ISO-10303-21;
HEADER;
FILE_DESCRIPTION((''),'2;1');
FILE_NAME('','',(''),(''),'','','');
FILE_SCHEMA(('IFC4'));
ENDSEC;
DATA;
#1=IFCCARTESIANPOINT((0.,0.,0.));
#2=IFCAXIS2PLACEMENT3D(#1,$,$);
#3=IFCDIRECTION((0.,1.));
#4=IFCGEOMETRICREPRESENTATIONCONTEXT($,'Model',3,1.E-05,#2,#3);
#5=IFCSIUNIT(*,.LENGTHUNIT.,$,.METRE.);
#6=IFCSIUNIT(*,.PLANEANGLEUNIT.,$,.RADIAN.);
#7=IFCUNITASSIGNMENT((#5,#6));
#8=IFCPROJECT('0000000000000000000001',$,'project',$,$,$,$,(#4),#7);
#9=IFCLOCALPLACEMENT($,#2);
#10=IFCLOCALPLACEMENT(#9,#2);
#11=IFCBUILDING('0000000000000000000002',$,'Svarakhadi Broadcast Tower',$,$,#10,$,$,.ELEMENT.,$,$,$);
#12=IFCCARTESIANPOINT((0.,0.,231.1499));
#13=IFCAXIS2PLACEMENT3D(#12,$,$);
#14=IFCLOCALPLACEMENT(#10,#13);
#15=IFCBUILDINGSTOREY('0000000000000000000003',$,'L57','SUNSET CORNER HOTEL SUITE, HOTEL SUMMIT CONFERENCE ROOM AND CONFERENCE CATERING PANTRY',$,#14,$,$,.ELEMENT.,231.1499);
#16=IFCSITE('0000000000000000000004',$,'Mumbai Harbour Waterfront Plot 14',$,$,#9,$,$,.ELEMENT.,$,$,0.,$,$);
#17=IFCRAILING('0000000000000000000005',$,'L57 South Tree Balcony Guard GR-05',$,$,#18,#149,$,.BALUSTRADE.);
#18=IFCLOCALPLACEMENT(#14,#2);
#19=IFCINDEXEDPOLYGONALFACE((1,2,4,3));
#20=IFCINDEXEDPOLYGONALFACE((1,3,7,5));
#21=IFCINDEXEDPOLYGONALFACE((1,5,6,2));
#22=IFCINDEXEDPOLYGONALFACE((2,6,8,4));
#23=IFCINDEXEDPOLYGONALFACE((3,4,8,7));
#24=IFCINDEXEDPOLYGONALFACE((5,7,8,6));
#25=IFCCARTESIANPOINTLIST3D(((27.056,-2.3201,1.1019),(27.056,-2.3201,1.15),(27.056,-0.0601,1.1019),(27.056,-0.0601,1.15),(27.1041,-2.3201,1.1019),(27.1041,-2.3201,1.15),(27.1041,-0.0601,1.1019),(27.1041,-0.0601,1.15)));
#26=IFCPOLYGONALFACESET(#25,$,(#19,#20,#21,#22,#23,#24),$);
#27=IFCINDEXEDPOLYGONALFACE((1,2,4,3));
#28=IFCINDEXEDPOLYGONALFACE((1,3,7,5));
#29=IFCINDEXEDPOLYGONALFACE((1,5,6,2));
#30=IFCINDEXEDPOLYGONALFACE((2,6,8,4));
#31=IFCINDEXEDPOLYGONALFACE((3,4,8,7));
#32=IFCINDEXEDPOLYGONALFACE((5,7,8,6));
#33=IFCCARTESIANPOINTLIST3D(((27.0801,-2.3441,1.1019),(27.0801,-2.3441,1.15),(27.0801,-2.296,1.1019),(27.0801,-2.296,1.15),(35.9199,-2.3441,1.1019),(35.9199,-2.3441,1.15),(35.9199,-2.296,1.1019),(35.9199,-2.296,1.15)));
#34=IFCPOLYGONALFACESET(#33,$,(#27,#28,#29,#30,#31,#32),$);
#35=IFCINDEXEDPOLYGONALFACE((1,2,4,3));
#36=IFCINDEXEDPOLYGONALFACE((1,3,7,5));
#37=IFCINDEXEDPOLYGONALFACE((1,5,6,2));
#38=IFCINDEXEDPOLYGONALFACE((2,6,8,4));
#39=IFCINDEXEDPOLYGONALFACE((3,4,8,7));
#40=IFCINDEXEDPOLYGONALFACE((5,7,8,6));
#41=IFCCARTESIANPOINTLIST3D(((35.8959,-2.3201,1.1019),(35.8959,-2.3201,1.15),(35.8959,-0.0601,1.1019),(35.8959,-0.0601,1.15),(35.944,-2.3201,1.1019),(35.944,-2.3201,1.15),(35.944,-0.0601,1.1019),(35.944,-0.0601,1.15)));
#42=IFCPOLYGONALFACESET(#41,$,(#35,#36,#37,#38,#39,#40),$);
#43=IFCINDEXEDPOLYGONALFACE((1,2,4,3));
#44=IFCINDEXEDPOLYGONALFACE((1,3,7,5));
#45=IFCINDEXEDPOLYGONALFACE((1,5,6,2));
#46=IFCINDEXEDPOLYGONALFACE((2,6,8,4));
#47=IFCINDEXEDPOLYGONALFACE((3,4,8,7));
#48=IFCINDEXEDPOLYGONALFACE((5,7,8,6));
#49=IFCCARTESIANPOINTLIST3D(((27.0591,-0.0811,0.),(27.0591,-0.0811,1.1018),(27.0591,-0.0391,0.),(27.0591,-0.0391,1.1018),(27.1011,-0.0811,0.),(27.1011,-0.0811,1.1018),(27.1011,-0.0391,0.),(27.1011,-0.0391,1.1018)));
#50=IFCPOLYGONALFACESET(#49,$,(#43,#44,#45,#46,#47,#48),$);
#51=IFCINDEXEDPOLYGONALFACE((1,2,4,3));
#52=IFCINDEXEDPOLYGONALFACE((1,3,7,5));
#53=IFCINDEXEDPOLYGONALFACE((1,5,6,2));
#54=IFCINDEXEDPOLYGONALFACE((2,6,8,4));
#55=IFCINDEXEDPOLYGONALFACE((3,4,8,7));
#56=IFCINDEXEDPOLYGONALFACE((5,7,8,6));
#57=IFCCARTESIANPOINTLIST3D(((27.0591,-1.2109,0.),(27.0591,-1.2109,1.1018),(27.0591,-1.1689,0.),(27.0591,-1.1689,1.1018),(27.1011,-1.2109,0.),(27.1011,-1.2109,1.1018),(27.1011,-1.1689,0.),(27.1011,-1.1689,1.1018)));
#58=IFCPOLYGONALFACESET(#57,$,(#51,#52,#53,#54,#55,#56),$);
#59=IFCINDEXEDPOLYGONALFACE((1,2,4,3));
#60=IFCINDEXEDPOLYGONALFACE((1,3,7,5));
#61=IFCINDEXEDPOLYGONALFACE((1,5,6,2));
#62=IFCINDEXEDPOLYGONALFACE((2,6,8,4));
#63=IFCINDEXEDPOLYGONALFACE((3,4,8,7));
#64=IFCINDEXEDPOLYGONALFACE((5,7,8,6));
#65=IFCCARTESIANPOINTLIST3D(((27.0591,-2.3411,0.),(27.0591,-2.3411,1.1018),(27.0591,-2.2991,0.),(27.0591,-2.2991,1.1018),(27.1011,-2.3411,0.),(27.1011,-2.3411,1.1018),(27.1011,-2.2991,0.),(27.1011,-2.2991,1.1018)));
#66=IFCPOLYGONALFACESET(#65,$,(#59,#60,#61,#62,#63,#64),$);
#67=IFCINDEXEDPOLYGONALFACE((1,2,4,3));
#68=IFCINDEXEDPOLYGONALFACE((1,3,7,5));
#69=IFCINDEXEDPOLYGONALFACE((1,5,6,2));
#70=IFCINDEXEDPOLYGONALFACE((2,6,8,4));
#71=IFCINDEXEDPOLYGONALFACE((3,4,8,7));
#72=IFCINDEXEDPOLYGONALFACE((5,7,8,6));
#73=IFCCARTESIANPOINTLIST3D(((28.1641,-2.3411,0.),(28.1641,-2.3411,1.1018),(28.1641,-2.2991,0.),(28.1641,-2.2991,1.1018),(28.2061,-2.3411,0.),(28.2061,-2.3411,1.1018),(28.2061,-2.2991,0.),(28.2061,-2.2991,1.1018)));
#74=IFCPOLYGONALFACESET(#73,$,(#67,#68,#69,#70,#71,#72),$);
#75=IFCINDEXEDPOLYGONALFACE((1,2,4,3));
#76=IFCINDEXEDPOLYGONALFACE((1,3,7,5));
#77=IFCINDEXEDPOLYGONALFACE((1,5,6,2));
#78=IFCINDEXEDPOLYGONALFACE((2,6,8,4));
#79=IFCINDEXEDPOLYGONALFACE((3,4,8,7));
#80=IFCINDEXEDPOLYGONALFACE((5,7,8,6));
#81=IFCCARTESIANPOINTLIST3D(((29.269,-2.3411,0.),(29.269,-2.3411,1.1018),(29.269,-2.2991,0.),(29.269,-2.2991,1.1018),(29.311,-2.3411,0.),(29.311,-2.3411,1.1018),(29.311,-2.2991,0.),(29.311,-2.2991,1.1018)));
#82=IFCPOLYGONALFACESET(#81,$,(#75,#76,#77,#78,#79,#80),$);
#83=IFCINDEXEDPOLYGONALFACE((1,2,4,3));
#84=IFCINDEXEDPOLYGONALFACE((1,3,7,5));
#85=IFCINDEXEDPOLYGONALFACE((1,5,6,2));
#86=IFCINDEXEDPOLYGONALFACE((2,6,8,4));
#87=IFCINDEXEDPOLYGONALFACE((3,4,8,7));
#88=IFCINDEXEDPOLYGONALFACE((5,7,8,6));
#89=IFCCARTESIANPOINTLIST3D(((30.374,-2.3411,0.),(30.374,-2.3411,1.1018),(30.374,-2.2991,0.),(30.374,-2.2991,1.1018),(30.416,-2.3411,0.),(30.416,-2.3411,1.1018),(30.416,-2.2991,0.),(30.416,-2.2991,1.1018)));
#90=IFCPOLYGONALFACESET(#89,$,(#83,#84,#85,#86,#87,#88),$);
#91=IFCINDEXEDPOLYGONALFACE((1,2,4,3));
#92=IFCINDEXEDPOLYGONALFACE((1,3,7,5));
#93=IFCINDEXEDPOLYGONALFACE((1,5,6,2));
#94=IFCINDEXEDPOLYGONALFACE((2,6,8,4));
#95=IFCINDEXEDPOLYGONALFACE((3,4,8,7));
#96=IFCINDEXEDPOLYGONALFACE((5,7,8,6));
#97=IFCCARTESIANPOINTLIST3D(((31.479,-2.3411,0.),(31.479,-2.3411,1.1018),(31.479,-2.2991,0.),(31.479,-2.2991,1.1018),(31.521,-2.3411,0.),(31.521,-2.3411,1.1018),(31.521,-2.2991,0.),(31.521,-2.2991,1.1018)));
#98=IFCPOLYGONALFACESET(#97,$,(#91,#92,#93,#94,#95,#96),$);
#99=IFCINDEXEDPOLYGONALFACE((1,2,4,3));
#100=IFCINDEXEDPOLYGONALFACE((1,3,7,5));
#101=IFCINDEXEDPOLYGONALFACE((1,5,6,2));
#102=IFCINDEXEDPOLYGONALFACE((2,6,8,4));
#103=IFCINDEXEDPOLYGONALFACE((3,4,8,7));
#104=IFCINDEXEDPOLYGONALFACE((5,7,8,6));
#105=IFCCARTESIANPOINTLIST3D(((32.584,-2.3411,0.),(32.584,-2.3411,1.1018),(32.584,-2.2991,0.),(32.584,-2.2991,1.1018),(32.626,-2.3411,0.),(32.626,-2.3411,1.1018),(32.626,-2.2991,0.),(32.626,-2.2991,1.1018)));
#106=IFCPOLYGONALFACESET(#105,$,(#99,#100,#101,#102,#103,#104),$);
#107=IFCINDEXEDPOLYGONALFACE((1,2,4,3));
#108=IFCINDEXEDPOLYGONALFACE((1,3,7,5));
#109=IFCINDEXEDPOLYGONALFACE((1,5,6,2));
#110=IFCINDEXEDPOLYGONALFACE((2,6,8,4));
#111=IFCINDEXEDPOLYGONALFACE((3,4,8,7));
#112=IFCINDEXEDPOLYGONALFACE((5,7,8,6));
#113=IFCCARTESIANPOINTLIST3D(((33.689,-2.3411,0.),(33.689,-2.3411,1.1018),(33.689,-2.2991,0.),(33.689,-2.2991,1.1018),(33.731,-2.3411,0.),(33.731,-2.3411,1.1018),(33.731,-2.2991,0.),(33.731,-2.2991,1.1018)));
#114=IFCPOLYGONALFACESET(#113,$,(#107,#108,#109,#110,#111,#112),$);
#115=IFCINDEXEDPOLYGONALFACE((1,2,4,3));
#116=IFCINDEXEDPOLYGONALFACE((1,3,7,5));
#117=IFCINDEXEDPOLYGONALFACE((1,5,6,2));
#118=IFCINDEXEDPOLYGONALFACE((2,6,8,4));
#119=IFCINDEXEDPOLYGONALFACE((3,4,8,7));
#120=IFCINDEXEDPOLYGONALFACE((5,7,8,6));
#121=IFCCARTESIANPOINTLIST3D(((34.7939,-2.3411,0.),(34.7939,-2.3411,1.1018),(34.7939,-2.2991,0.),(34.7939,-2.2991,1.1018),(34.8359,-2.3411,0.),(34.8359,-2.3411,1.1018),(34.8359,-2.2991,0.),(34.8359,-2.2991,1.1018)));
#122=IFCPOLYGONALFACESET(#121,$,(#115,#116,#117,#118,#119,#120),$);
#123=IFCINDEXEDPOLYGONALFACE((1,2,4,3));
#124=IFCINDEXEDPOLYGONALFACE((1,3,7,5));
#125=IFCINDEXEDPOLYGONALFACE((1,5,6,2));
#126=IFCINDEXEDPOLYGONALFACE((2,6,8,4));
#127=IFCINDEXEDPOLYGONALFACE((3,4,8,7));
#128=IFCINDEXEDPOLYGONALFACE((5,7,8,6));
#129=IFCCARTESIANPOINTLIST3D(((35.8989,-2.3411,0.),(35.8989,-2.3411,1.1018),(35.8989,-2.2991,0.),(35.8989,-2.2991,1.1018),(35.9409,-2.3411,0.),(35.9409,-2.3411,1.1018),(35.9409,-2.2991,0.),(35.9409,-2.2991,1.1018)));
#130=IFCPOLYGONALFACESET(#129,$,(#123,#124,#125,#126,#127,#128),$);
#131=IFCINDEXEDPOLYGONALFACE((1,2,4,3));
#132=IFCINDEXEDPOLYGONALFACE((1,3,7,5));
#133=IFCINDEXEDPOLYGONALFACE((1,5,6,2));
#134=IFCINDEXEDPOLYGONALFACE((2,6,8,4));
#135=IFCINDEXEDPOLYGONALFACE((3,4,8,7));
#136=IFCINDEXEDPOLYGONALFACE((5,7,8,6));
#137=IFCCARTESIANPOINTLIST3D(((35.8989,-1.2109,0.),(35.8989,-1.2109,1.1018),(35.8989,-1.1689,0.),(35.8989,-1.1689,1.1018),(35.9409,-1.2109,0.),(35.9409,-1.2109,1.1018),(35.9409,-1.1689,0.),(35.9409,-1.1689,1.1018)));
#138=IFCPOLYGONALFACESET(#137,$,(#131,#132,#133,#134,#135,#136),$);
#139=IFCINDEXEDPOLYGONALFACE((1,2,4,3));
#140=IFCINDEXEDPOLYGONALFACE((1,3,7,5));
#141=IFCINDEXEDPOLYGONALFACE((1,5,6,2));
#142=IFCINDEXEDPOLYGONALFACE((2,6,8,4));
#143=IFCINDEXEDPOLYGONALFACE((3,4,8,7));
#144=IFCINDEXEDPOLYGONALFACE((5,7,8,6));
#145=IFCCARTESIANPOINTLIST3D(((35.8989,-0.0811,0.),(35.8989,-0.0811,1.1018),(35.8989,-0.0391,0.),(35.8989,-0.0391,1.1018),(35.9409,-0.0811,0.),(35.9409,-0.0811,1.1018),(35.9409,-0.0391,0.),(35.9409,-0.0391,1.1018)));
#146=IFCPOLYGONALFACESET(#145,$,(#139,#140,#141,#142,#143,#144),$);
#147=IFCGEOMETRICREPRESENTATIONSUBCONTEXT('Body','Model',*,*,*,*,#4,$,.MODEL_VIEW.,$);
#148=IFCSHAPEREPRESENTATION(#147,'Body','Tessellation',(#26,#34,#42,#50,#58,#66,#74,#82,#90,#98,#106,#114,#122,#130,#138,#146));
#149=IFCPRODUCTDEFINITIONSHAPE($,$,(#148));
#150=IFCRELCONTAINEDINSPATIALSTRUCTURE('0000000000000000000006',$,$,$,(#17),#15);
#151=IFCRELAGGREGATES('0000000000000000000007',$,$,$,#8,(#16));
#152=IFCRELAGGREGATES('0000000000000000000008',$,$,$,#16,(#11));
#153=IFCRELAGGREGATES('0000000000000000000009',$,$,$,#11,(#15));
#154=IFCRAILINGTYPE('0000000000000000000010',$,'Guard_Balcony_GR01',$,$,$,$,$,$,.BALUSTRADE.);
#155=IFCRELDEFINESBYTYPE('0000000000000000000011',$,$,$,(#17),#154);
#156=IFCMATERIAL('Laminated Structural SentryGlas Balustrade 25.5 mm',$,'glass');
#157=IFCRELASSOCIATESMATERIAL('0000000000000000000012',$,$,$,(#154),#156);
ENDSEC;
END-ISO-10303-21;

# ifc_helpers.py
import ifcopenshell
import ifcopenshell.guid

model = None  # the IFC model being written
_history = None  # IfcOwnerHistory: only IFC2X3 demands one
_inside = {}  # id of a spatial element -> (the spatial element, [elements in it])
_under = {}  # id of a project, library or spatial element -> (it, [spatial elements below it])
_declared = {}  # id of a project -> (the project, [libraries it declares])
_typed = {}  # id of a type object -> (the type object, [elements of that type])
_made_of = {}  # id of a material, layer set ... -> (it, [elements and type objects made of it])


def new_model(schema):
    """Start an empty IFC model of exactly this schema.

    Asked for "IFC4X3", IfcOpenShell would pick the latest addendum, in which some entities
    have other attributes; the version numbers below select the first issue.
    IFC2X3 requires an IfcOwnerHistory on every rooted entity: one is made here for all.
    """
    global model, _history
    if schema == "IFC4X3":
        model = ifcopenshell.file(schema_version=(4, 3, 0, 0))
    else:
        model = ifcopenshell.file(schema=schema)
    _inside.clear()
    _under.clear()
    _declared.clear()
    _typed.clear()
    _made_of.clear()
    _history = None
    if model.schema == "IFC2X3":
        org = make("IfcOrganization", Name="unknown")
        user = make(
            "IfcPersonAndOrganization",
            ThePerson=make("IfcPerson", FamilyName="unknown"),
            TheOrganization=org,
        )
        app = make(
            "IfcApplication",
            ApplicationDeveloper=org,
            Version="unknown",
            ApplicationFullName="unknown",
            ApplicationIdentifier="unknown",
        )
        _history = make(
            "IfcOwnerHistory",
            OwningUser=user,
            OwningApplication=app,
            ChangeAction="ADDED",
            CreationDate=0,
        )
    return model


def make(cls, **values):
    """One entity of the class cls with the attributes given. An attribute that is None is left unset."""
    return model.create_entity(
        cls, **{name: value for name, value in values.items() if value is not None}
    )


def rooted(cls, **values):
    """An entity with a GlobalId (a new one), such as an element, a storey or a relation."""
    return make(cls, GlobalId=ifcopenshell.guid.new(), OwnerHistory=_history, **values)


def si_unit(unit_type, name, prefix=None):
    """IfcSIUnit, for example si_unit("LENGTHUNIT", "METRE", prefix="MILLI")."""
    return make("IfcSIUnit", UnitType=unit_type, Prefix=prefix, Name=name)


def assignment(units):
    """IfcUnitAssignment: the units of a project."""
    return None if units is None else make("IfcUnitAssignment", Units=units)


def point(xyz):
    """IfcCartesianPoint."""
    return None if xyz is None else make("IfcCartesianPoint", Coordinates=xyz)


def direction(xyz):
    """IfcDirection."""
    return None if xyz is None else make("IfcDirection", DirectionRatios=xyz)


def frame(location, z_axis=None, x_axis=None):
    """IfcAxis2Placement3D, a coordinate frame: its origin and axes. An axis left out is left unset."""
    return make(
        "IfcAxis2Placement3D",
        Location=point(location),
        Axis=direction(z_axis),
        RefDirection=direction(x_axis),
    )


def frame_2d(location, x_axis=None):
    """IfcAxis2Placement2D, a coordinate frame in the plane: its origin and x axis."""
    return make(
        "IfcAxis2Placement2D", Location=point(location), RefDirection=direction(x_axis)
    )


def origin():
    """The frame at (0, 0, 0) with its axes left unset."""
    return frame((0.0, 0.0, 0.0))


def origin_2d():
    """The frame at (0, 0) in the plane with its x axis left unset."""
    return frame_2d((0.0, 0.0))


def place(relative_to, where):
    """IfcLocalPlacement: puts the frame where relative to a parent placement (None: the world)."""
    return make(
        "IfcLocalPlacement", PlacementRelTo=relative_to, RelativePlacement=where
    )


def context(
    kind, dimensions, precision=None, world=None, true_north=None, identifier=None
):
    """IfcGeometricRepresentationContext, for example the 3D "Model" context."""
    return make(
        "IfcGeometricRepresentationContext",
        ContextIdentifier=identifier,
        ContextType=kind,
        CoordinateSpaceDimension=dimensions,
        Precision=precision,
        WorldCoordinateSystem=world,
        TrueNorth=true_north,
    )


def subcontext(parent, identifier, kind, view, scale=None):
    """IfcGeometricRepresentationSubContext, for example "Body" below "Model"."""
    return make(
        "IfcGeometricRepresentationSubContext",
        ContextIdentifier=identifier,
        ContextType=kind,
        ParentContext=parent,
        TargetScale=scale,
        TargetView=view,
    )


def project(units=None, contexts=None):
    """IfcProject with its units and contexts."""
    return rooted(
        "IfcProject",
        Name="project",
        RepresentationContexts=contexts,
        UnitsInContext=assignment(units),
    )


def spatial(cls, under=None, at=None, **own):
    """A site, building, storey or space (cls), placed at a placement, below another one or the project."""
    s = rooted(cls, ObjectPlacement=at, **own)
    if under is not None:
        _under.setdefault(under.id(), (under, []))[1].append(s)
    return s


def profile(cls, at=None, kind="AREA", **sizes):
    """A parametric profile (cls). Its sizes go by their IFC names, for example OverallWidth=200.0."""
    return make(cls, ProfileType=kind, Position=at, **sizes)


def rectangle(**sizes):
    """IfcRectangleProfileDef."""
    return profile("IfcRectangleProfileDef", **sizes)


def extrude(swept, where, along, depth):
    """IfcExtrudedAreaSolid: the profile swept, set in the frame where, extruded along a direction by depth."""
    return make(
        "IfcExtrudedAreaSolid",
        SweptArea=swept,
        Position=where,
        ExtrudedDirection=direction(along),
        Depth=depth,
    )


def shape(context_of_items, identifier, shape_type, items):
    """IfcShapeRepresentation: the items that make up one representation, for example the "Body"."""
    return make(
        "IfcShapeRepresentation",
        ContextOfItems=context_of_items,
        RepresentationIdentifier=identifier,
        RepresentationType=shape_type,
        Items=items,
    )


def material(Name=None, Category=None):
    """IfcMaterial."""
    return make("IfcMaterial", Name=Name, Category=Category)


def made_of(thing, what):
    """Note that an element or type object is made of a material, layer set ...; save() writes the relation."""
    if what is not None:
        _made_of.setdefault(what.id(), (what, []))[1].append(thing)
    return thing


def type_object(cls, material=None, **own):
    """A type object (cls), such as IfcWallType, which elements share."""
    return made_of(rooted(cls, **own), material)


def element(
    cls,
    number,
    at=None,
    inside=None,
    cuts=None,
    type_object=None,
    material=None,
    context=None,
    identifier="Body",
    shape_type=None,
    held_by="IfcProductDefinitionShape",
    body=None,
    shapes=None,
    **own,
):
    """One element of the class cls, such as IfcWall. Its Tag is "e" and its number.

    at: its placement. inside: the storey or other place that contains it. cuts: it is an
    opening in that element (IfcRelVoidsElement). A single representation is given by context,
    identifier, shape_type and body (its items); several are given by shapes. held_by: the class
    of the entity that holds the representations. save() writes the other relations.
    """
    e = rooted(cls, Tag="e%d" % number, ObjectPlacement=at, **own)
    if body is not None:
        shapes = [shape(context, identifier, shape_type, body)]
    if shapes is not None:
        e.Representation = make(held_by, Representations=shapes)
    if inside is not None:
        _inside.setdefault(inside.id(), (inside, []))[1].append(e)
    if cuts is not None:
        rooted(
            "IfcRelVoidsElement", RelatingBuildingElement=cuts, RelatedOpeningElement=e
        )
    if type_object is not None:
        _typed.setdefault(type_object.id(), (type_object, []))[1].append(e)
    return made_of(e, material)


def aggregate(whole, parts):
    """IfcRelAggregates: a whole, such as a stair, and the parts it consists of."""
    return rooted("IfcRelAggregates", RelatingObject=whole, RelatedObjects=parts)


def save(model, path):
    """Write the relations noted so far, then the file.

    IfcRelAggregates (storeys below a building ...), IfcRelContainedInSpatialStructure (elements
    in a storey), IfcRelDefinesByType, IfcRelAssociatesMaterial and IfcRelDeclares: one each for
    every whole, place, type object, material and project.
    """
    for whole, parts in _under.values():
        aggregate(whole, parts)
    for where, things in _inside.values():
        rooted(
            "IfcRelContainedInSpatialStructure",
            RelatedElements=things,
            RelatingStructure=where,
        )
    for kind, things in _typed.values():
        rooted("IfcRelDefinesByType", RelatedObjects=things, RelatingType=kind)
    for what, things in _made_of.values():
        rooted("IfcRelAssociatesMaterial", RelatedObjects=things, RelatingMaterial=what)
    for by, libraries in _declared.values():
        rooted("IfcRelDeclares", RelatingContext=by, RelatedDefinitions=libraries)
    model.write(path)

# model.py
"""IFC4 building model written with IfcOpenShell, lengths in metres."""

from ifc_helpers import new_model, si_unit, direction, frame, origin, origin_2d, place, context, subcontext, project, spatial, rectangle, extrude, material, type_object, element, save


model = new_model("IFC4")

# Units and contexts
model_context = context("Model", 3, precision=1e-05, world=origin(), true_north=direction((0.0, 1.0)))
body_context = subcontext(model_context, "Body", "Model", "MODEL_VIEW")
ifc_project = project(units=[si_unit("LENGTHUNIT", "METRE"), si_unit("PLANEANGLEUNIT", "RADIAN")], contexts=[model_context])

# Site, building, storey
site_placement = place(None, origin())
site = spatial("IfcSite", under=ifc_project, at=site_placement, Name="Mumbai Harbour Waterfront Plot 14", CompositionType="ELEMENT", RefElevation=0.0)
building_placement = place(site_placement, origin())
building = spatial("IfcBuilding", under=site, at=building_placement, Name="Svarakhadi Broadcast Tower", CompositionType="ELEMENT")
storey_placement = place(building_placement, frame((0.0, 0.0, 231.1499)))
storey = spatial("IfcBuildingStorey", under=building, at=storey_placement, Name="L57", Description="SUNSET CORNER HOTEL SUITE, HOTEL SUMMIT CONFERENCE ROOM AND CONFERENCE CATERING PANTRY", CompositionType="ELEMENT", Elevation=231.1499)

# Railing
ifc_material_1 = material(Name="Laminated Structural SentryGlas Balustrade 25.5 mm", Category="glass")
railing_type = type_object("IfcRailingType", Name="Guard_Balcony_GR01", PredefinedType="BALUSTRADE", material=ifc_material_1)
railing_placement = place(storey_placement, frame((27.0801, -0.0601, 0.0)))
element("IfcRailing", 1, at=railing_placement, inside=storey, type_object=railing_type, Name="L57 South Tree Balcony Guard GR-05", PredefinedType="BALUSTRADE", context=body_context, shape_type="SweptSolid", body=[
    extrude(rectangle(XDim=0.0481, YDim=0.0481, at=origin_2d()), frame((0.0, 0.0, 1.126), z_axis=(0.0, -1.0, 0.0), x_axis=(1.0, 0.0, 0.0)), (0.0, 0.0, 1.0), 2.26),
    extrude(rectangle(XDim=0.0481, YDim=0.0481, at=origin_2d()), frame((0.0, -2.26, 1.126), z_axis=(1.0, 0.0, 0.0), x_axis=(0.0, 1.0, 0.0)), (0.0, 0.0, 1.0), 8.8398),
    extrude(rectangle(XDim=0.0481, YDim=0.0481, at=origin_2d()), frame((8.8398, -2.26, 1.126), z_axis=(0.0, 1.0, 0.0), x_axis=(-1.0, 0.0, 0.0)), (0.0, 0.0, 1.0), 2.26),
    extrude(rectangle(XDim=0.042, YDim=0.042, at=origin_2d()), origin(), (0.0, 0.0, 1.0), 1.1018),
    extrude(rectangle(XDim=0.042, YDim=0.042, at=origin_2d()), frame((0.0, -1.1299, 0.0)), (0.0, 0.0, 1.0), 1.1018),
    extrude(rectangle(XDim=0.042, YDim=0.042, at=origin_2d()), frame((0.0, -2.26, 0.0)), (0.0, 0.0, 1.0), 1.1018),
    extrude(rectangle(XDim=0.042, YDim=0.042, at=origin_2d()), frame((1.105, -2.26, 0.0)), (0.0, 0.0, 1.0), 1.1018),
    extrude(rectangle(XDim=0.042, YDim=0.042, at=origin_2d()), frame((2.21, -2.26, 0.0)), (0.0, 0.0, 1.0), 1.1018),
    extrude(rectangle(XDim=0.042, YDim=0.042, at=origin_2d()), frame((3.3149, -2.26, 0.0)), (0.0, 0.0, 1.0), 1.1018),
    extrude(rectangle(XDim=0.042, YDim=0.042, at=origin_2d()), frame((4.4199, -2.26, 0.0)), (0.0, 0.0, 1.0), 1.1018),
    extrude(rectangle(XDim=0.042, YDim=0.042, at=origin_2d()), frame((5.5249, -2.26, 0.0)), (0.0, 0.0, 1.0), 1.1018),
    extrude(rectangle(XDim=0.042, YDim=0.042, at=origin_2d()), frame((6.6299, -2.26, 0.0)), (0.0, 0.0, 1.0), 1.1018),
    extrude(rectangle(XDim=0.042, YDim=0.042, at=origin_2d()), frame((7.7349, -2.26, 0.0)), (0.0, 0.0, 1.0), 1.1018),
    extrude(rectangle(XDim=0.042, YDim=0.042, at=origin_2d()), frame((8.8398, -2.26, 0.0)), (0.0, 0.0, 1.0), 1.1018),
    extrude(rectangle(XDim=0.042, YDim=0.042, at=origin_2d()), frame((8.8398, -1.1299, 0.0)), (0.0, 0.0, 1.0), 1.1018),
    extrude(rectangle(XDim=0.042, YDim=0.042, at=origin_2d()), frame((8.8398, 0.0, 0.0)), (0.0, 0.0, 1.0), 1.1018),
])

save(model, "model.ifc")
